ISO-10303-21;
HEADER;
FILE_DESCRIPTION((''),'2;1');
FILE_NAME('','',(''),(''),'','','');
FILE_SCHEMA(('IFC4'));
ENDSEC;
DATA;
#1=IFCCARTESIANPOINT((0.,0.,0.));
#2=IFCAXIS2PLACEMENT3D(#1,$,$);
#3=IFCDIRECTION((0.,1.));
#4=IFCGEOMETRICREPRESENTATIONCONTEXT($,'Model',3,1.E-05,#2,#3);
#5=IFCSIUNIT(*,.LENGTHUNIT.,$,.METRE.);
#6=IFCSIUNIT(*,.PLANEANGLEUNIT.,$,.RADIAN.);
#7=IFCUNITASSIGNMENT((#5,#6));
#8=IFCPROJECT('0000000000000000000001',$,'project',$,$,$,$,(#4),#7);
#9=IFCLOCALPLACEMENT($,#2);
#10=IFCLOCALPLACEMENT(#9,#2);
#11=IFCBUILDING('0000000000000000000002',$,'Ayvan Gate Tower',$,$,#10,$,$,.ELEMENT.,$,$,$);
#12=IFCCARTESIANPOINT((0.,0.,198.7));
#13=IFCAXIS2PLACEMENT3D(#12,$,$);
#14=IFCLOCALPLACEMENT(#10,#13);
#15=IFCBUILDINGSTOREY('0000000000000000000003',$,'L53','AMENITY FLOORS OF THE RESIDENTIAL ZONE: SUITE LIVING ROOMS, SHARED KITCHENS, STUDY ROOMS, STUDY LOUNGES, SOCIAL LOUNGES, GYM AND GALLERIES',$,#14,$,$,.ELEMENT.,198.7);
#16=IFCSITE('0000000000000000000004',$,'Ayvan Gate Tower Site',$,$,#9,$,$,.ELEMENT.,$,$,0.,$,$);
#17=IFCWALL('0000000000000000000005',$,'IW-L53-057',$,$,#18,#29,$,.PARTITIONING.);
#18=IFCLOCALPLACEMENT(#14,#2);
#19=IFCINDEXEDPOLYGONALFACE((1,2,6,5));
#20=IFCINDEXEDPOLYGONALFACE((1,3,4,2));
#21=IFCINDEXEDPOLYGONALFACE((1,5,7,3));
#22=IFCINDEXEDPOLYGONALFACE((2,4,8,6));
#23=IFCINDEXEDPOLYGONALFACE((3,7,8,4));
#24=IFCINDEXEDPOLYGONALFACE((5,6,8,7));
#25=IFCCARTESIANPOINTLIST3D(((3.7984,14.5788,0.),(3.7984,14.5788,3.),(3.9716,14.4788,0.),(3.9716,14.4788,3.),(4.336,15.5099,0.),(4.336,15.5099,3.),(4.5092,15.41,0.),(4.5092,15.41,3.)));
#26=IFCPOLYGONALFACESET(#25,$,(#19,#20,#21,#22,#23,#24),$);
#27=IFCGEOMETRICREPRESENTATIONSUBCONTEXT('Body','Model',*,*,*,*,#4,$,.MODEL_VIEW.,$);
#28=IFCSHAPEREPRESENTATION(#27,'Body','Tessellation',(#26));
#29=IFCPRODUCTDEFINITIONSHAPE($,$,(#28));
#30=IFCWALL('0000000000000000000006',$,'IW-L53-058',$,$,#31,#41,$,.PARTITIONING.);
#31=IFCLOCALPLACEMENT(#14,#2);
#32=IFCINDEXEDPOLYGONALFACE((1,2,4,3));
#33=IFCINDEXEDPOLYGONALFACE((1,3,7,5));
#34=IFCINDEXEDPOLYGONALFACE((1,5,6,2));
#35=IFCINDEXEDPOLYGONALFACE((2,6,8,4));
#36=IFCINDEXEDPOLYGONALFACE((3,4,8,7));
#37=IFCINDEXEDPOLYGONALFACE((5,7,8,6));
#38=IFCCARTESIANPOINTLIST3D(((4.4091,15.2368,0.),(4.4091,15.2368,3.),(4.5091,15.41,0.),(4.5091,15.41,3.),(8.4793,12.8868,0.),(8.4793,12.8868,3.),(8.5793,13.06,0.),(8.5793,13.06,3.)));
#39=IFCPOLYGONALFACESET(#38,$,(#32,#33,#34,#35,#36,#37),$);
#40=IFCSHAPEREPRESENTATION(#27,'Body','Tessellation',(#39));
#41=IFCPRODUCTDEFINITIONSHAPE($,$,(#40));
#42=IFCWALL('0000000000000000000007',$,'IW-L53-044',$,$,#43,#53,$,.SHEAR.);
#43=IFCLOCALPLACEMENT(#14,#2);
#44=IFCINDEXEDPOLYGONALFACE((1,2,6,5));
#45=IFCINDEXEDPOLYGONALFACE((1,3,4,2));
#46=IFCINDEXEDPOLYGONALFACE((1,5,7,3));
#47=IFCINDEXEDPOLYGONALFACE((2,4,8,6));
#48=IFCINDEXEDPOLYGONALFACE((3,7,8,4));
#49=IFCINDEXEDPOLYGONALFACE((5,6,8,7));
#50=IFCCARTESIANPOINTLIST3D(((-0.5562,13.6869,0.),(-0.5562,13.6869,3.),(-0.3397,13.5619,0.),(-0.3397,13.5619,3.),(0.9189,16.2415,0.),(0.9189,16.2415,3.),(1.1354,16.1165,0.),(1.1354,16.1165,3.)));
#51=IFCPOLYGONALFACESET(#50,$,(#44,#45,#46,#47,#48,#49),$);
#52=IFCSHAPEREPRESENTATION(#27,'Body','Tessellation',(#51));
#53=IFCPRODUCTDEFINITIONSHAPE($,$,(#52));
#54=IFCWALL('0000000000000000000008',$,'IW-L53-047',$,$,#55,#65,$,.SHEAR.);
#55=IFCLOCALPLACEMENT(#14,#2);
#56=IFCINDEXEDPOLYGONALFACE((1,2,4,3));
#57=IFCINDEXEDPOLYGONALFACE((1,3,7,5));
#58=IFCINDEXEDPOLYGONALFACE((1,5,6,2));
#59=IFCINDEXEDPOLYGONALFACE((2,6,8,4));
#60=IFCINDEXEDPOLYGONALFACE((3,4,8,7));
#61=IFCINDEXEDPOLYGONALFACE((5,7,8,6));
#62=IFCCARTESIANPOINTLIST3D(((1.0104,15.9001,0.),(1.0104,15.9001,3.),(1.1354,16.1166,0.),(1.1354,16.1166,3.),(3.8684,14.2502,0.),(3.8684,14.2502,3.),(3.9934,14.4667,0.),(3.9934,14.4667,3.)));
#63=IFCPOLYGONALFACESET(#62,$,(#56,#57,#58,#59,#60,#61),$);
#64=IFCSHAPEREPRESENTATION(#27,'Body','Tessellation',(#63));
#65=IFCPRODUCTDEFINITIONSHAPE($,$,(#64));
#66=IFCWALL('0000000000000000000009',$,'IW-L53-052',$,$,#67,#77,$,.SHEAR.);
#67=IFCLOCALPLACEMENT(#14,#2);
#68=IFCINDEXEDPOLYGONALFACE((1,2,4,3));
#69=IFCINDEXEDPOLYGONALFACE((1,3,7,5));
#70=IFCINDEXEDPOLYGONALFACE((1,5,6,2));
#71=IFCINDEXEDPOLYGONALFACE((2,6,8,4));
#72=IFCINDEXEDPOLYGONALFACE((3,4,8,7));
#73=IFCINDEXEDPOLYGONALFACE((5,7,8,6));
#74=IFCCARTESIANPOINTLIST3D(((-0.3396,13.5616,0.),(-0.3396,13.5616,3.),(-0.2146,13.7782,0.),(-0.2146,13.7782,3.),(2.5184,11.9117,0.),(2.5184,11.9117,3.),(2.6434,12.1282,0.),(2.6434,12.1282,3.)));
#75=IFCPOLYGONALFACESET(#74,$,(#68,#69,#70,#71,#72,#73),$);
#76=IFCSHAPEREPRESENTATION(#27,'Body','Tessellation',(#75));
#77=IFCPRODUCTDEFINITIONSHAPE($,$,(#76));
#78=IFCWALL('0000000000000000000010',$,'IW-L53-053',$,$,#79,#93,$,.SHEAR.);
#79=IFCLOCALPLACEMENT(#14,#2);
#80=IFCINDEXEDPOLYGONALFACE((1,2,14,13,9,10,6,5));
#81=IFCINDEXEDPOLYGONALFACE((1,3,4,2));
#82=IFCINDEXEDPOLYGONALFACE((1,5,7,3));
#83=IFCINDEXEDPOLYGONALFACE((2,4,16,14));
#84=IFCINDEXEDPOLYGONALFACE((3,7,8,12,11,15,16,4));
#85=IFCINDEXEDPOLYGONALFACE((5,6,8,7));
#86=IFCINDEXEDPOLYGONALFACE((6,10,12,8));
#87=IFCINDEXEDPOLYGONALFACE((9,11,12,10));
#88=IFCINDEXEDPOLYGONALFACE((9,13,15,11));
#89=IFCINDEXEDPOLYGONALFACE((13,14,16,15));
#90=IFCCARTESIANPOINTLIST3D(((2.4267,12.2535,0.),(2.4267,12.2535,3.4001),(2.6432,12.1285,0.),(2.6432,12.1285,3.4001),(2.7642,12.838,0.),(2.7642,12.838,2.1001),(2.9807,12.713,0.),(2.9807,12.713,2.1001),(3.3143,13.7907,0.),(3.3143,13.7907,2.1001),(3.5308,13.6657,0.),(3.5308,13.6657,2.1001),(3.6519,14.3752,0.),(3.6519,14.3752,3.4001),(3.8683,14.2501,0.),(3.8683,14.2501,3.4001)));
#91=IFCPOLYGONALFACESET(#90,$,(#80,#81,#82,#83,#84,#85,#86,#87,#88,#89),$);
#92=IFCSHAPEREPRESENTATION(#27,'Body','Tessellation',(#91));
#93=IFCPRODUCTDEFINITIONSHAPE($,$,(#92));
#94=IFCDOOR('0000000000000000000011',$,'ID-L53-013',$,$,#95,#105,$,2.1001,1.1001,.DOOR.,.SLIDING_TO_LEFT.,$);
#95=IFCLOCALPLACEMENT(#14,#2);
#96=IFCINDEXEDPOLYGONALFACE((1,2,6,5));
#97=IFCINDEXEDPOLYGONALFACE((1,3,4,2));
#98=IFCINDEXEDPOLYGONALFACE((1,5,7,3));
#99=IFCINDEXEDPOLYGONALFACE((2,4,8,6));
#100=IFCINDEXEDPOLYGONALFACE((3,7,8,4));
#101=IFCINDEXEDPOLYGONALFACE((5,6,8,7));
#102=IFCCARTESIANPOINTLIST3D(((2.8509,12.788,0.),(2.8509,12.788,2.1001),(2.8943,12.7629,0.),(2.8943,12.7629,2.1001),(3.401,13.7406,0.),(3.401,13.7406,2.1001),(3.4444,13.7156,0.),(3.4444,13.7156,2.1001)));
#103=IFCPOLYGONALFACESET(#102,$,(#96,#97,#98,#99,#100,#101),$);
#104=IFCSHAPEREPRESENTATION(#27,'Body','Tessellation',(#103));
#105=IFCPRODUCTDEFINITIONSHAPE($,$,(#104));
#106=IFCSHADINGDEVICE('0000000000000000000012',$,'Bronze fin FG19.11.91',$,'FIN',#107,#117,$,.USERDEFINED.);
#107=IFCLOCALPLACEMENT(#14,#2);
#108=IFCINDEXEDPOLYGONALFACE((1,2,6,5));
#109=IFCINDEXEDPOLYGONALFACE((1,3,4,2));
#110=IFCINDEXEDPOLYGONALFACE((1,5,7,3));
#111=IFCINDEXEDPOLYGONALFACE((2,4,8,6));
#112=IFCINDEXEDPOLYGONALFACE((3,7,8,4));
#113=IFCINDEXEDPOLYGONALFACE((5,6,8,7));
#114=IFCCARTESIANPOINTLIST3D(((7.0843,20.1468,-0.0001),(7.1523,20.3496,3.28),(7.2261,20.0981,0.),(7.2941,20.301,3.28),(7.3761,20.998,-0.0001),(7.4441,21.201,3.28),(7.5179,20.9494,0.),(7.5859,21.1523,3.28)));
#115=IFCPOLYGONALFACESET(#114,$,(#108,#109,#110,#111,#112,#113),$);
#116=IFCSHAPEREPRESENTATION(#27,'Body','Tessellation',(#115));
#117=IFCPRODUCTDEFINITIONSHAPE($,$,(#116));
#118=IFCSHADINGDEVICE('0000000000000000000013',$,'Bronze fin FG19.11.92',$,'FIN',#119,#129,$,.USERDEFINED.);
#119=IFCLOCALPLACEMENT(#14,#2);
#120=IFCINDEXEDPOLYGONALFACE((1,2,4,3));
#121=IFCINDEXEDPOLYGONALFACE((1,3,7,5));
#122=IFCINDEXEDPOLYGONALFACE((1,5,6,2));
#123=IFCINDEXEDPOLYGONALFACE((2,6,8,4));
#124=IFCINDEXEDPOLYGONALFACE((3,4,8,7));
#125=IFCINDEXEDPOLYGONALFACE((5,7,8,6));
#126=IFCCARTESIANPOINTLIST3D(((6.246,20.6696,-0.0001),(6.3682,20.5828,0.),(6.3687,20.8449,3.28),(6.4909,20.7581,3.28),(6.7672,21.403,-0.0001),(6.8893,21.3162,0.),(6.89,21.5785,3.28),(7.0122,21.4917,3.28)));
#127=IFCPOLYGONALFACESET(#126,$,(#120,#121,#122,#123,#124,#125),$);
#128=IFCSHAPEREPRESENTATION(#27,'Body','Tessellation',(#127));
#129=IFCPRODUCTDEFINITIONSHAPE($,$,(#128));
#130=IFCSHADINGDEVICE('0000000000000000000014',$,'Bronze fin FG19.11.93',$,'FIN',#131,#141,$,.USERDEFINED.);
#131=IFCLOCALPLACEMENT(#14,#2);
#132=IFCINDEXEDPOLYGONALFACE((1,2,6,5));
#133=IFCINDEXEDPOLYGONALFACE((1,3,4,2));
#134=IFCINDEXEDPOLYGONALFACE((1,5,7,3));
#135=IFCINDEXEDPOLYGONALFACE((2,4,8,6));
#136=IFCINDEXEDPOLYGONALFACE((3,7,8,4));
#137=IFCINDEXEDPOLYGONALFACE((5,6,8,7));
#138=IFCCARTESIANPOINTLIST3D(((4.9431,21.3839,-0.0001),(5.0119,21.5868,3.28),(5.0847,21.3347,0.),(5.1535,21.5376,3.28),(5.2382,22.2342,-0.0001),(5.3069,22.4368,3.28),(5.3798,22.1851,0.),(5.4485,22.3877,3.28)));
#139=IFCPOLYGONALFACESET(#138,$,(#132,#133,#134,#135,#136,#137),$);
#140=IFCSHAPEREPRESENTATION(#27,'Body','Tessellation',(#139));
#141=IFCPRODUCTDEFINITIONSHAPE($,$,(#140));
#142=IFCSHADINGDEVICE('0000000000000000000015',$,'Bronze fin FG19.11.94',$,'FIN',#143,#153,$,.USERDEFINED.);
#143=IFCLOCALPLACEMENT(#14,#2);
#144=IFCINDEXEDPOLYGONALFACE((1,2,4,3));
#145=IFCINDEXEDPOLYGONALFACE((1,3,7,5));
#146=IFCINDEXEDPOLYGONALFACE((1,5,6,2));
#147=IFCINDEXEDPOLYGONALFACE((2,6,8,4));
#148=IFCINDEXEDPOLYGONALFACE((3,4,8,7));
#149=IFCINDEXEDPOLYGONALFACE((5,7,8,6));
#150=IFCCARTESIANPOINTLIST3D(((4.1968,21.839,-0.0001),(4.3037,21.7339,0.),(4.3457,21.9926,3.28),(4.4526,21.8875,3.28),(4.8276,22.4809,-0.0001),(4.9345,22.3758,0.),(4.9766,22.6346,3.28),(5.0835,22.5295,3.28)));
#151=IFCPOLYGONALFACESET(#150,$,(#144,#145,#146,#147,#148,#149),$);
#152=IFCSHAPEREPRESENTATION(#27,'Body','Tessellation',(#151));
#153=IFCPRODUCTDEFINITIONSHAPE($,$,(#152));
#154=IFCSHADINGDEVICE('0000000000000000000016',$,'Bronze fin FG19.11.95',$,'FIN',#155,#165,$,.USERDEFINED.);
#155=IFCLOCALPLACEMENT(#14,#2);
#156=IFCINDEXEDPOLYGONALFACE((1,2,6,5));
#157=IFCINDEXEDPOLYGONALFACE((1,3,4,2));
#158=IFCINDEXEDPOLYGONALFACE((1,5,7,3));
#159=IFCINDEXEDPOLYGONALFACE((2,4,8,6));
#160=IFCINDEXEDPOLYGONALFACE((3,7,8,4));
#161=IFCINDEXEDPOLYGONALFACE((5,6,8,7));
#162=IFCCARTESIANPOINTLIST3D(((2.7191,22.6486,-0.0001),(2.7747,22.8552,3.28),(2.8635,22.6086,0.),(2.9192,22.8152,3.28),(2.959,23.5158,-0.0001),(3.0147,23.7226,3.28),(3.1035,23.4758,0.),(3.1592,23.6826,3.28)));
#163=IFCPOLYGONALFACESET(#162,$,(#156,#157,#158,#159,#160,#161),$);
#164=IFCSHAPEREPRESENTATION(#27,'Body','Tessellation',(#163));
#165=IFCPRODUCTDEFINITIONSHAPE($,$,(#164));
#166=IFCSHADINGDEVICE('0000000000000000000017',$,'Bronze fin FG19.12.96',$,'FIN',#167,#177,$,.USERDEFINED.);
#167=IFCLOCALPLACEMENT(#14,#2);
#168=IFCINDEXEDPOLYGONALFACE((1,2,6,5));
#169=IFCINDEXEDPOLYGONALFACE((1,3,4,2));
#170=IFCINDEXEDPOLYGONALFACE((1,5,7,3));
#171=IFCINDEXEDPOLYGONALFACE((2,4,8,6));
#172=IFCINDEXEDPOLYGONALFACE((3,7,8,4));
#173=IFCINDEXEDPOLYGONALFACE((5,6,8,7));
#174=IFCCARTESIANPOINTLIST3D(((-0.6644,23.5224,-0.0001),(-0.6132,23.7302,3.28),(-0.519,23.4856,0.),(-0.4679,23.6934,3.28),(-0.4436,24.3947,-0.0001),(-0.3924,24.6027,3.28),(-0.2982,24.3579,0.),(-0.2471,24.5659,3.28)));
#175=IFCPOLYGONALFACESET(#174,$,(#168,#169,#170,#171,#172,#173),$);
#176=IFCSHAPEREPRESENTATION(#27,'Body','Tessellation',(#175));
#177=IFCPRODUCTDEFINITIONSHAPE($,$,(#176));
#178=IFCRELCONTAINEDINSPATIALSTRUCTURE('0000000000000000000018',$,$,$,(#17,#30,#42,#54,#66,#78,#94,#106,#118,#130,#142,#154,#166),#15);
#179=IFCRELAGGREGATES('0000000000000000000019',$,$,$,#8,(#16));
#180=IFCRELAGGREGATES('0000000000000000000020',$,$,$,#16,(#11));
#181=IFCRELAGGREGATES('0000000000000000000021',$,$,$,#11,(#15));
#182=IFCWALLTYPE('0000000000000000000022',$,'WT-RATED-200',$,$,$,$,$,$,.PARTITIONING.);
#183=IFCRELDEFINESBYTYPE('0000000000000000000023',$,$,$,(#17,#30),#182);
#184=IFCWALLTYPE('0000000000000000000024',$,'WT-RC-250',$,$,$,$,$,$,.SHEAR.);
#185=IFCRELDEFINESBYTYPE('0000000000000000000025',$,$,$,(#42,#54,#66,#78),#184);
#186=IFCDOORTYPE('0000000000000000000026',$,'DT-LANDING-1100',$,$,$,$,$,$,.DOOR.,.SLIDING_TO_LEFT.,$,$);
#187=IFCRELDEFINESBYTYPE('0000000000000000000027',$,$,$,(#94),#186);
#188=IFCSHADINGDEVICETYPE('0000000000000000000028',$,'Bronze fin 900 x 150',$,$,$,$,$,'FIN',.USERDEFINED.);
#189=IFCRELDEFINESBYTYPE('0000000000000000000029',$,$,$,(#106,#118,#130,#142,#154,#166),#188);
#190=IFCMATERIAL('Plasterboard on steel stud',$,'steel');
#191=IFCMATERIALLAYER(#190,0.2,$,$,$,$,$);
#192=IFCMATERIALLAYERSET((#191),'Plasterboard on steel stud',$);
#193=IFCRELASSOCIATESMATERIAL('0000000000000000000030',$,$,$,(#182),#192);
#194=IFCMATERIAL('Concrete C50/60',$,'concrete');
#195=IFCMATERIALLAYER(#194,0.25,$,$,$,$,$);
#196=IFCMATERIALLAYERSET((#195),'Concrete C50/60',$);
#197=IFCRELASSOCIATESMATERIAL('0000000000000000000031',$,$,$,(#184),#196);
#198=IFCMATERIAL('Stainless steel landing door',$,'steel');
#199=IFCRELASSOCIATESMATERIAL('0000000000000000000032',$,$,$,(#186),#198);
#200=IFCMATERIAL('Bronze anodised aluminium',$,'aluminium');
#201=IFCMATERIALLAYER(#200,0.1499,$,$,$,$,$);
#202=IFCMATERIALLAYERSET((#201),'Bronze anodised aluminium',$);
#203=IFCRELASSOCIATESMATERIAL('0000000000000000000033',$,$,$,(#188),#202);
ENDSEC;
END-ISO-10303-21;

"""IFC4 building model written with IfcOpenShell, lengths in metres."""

from ifc_helpers import new_model, si_unit, direction, frame, frame_2d, origin, place, context, subcontext, project, spatial, polyline, rectangle, outline, extrude, material, layer, layer_set, type_object, element, fill, save


model = new_model("IFC4")

# Units and contexts
model_context = context("Model", 3, precision=1e-05, world=origin(), true_north=direction((0.0, 1.0)))
body_context = subcontext(model_context, "Body", "Model", "MODEL_VIEW")
ifc_project = project(units=[si_unit("LENGTHUNIT", "METRE"), si_unit("PLANEANGLEUNIT", "RADIAN")], contexts=[model_context])

# Site, building, storey
site_placement = place(None, origin())
site = spatial("IfcSite", under=ifc_project, at=site_placement, Name="Ayvan Gate Tower Site", CompositionType="ELEMENT", RefElevation=0.0)
building_placement = place(site_placement, origin())
building = spatial("IfcBuilding", under=site, at=building_placement, Name="Ayvan Gate Tower", CompositionType="ELEMENT")
storey_placement = place(building_placement, frame((0.0, 0.0, 198.7)))
storey = spatial("IfcBuildingStorey", under=building, at=storey_placement, Name="L53", Description="AMENITY FLOORS OF THE RESIDENTIAL ZONE: SUITE LIVING ROOMS, SHARED KITCHENS, STUDY ROOMS, STUDY LOUNGES, SOCIAL LOUNGES, GYM AND GALLERIES", CompositionType="ELEMENT", Elevation=198.7)

# Shared definitions
ifc_material_1 = material(Name="Bronze anodised aluminium", Category="aluminium")

# Walls
ifc_material_2 = material(Name="Plasterboard on steel stud", Category="steel")
ifc_layer_1 = layer(ifc_material_2, 0.2)
ifc_layer_set_1 = layer_set([ifc_layer_1], Name="Plasterboard on steel stud")
wall_type_1 = type_object("IfcWallType", Name="WT-RATED-200", PredefinedType="PARTITIONING", material=ifc_layer_set_1)
wall_1_placement = place(storey_placement, frame((3.885, 14.5288, 0.0), z_axis=(0.0, 0.0, 1.0), x_axis=(0.499998, 0.866027, 0.0)))
element("IfcWall", 1, at=wall_1_placement, inside=storey, type_object=wall_type_1, Name="IW-L53-057", PredefinedType="PARTITIONING", context=body_context, shape_type="SweptSolid", body=[
    extrude(rectangle(XDim=1.0752, YDim=0.2, at=frame_2d((0.5376, 0.0))), origin(), (0.0, 0.0, 1.0), 3.0),
])
wall_2_placement = place(storey_placement, frame((4.459, 15.3235, 0.0), z_axis=(0.0, 0.0, 1.0), x_axis=(0.866016, -0.500016, 0.0)))
element("IfcWall", 2, at=wall_2_placement, inside=storey, type_object=wall_type_1, Name="IW-L53-058", PredefinedType="PARTITIONING", context=body_context, shape_type="SweptSolid", body=[
    extrude(rectangle(XDim=4.7, YDim=0.2, at=frame_2d((2.3501, 0.0))), origin(), (0.0, 0.0, 1.0), 3.0),
])
ifc_material_3 = material(Name="Concrete C50/60", Category="concrete")
ifc_layer_2 = layer(ifc_material_3, 0.25)
ifc_layer_set_2 = layer_set([ifc_layer_2], Name="Concrete C50/60")
wall_type_2 = type_object("IfcWallType", Name="WT-RC-250", PredefinedType="SHEAR", material=ifc_layer_set_2)
wall_3_placement = place(storey_placement, frame((-0.448, 13.6243, 0.0), z_axis=(0.0, 0.0, 1.0), x_axis=(0.500038, 0.866004, 0.0)))
element("IfcWall", 3, at=wall_3_placement, inside=storey, type_object=wall_type_2, Name="IW-L53-044", PredefinedType="SHEAR", context=body_context, shape_type="SweptSolid", body=[
    extrude(rectangle(XDim=2.95, YDim=0.25, at=frame_2d((1.4751, 0.0))), origin(), (0.0, 0.0, 1.0), 3.0),
])
for number, where, z_axis, x_axis, name in (
    (4, (1.073, 16.0083, 0.0), (0.0, 0.0, 1.0), (0.86604, -0.499974, 0.0), "IW-L53-047"),
    (5, (2.5808, 12.02, 0.0), (0.0, 0.0, 1.0), (-0.86604, 0.499974, 0.0), "IW-L53-052"),
):
    element("IfcWall", number, at=place(storey_placement, frame(where, z_axis=z_axis, x_axis=x_axis)), inside=storey, type_object=wall_type_2, Name=name, PredefinedType="SHEAR", context=body_context, shape_type="SweptSolid", body=[
        extrude(rectangle(XDim=3.3, YDim=0.25, at=frame_2d((1.6499, 0.0))), origin(), (0.0, 0.0, 1.0), 3.0),
    ])

# Wall, opening, door
wall_4_placement = place(storey_placement, frame((2.5349, 12.1909, 0.0), z_axis=(0.0, 0.0, 1.0), x_axis=(0.500062, 0.86599, 0.0)))
wall_4 = element("IfcWall", 6, at=wall_4_placement, inside=storey, type_object=wall_type_2, Name="IW-L53-053", PredefinedType="SHEAR", context=body_context, shape_type="SweptSolid", body=[
    extrude(rectangle(XDim=2.45, YDim=0.25, at=frame_2d((1.2251, 0.0))), origin(), (0.0, 0.0, 1.0), 3.4001),
])
opening_placement = place(wall_4_placement, frame((0.675, 0.0, 0.0)))
opening = element("IfcOpeningElement", 7, at=opening_placement, cuts=wall_4, PredefinedType="OPENING", context=body_context, shape_type="SweptSolid", body=[
    extrude(rectangle(XDim=1.1001, YDim=2.1001, at=frame_2d((0.55, 1.05))), frame((0.0, 0.135, 0.0), z_axis=(0.0, -1.0, 0.0), x_axis=(1.0, 0.0, 0.0)), (0.0, 0.0, 1.0), 0.27),
])
ifc_material_4 = material(Name="Stainless steel landing door", Category="steel")
door_type = type_object("IfcDoorType", Name="DT-LANDING-1100", OperationType="SLIDING_TO_LEFT", PredefinedType="DOOR", material=ifc_material_4)
door_placement = place(opening_placement, origin())
door = element("IfcDoor", 8, at=door_placement, inside=storey, type_object=door_type, Name="ID-L53-013", OperationType="SLIDING_TO_LEFT", OverallHeight=2.1001, OverallWidth=1.1001, PredefinedType="DOOR", context=body_context, shape_type="SweptSolid", body=[
    extrude(rectangle(XDim=1.1001, YDim=2.1001, at=frame_2d((0.55, 1.05))), frame((0.0, 0.0249, 0.0), z_axis=(0.0, -1.0, 0.0), x_axis=(1.0, 0.0, 0.0)), (0.0, 0.0, 1.0), 0.05),
])
fill(opening, door)

# Shading devices
ifc_layer_3 = layer(ifc_material_1, 0.1499)
ifc_layer_set_3 = layer_set([ifc_layer_3], Name="Bronze anodised aluminium")
shading_device_type = type_object("IfcShadingDeviceType", Name="Bronze fin 900 x 150", ElementType="FIN", PredefinedType="USERDEFINED", material=ifc_layer_set_3)
shading_device_1_placement = place(storey_placement, frame((7.2261, 20.0981, 0.0), z_axis=(0.945949, -0.324314, 0.000451), x_axis=(0.324314, 0.94595, 0.0)))
element("IfcShadingDevice", 9, at=shading_device_1_placement, inside=storey, type_object=shading_device_type, Name="Bronze fin FG19.11.91", ObjectType="FIN", PredefinedType="USERDEFINED", context=body_context, shape_type="SweptSolid", body=[
    extrude(outline(polyline([(0.0, 0.0), (0.8999, 0.0), (1.1139, 3.28), (0.2139, 3.28), (0.0, 0.0)])), origin(), (0.0, 0.0, -1.0), 0.1499),
])
shading_device_2_placement = place(storey_placement, frame((6.3682, 20.5828, 0.0), z_axis=(0.815152, -0.579247, 0.000459), x_axis=(0.579247, 0.815152, 0.0)))
element("IfcShadingDevice", 10, at=shading_device_2_placement, inside=storey, type_object=shading_device_type, Name="Bronze fin FG19.11.92", ObjectType="FIN", PredefinedType="USERDEFINED", context=body_context, shape_type="SweptSolid", body=[
    extrude(outline(polyline([(0.0, 0.0), (0.8998, 0.0), (1.114, 3.28), (0.214, 3.28), (0.0, 0.0)])), origin(), (0.0, 0.0, -1.0), 0.1499),
])
shading_device_3_placement = place(storey_placement, frame((5.0847, 21.3347, 0.0), z_axis=(0.944733, -0.327842, 0.000471), x_axis=(0.327842, 0.944733, 0.0)))
element("IfcShadingDevice", 11, at=shading_device_3_placement, inside=storey, type_object=shading_device_type, Name="Bronze fin FG19.11.93", ObjectType="FIN", PredefinedType="USERDEFINED", context=body_context, shape_type="SweptSolid", body=[
    extrude(outline(polyline([(0.0, 0.0), (0.9001, 0.0), (1.114, 3.28), (0.2142, 3.28), (0.0, 0.0)])), origin(), (0.0, 0.0, -1.0), 0.1499),
])
shading_device_4_placement = place(storey_placement, frame((4.3037, 21.7339, 0.0), z_axis=(0.713251, -0.700909, 0.000457), x_axis=(0.700909, 0.713251, 0.0)))
element("IfcShadingDevice", 12, at=shading_device_4_placement, inside=storey, type_object=shading_device_type, Name="Bronze fin FG19.11.94", ObjectType="FIN", PredefinedType="USERDEFINED", context=body_context, shape_type="SweptSolid", body=[
    extrude(outline(polyline([(0.0, 0.0), (0.9, 0.0), (1.1141, 3.28), (0.2139, 3.28), (0.0, 0.0)])), origin(), (0.0, 0.0, -1.0), 0.1499),
])
shading_device_5_placement = place(storey_placement, frame((2.8635, 22.6086, 0.0), z_axis=(0.963784, -0.266685, 0.000447), x_axis=(0.266685, 0.963784, 0.0)))
element("IfcShadingDevice", 13, at=shading_device_5_placement, inside=storey, type_object=shading_device_type, Name="Bronze fin FG19.11.95", ObjectType="FIN", PredefinedType="USERDEFINED", context=body_context, shape_type="SweptSolid", body=[
    extrude(outline(polyline([(0.0, 0.0), (0.8998, 0.0), (1.1139, 3.28), (0.2139, 3.28), (0.0, 0.0)])), origin(), (0.0, 0.0, -1.0), 0.1499),
])
shading_device_6_placement = place(storey_placement, frame((-0.519, 23.4856, 0.0), z_axis=(0.969428, -0.245375, 0.000435), x_axis=(0.245375, 0.969428, 0.0)))
element("IfcShadingDevice", 14, at=shading_device_6_placement, inside=storey, type_object=shading_device_type, Name="Bronze fin FG19.12.96", ObjectType="FIN", PredefinedType="USERDEFINED", context=body_context, shape_type="SweptSolid", body=[
    extrude(outline(polyline([(0.0, 0.0), (0.8999, 0.0), (1.114, 3.28), (0.214, 3.28), (0.0, 0.0)])), origin(), (0.0, 0.0, -1.0), 0.1499),
])

save(model, "model.ifc")
